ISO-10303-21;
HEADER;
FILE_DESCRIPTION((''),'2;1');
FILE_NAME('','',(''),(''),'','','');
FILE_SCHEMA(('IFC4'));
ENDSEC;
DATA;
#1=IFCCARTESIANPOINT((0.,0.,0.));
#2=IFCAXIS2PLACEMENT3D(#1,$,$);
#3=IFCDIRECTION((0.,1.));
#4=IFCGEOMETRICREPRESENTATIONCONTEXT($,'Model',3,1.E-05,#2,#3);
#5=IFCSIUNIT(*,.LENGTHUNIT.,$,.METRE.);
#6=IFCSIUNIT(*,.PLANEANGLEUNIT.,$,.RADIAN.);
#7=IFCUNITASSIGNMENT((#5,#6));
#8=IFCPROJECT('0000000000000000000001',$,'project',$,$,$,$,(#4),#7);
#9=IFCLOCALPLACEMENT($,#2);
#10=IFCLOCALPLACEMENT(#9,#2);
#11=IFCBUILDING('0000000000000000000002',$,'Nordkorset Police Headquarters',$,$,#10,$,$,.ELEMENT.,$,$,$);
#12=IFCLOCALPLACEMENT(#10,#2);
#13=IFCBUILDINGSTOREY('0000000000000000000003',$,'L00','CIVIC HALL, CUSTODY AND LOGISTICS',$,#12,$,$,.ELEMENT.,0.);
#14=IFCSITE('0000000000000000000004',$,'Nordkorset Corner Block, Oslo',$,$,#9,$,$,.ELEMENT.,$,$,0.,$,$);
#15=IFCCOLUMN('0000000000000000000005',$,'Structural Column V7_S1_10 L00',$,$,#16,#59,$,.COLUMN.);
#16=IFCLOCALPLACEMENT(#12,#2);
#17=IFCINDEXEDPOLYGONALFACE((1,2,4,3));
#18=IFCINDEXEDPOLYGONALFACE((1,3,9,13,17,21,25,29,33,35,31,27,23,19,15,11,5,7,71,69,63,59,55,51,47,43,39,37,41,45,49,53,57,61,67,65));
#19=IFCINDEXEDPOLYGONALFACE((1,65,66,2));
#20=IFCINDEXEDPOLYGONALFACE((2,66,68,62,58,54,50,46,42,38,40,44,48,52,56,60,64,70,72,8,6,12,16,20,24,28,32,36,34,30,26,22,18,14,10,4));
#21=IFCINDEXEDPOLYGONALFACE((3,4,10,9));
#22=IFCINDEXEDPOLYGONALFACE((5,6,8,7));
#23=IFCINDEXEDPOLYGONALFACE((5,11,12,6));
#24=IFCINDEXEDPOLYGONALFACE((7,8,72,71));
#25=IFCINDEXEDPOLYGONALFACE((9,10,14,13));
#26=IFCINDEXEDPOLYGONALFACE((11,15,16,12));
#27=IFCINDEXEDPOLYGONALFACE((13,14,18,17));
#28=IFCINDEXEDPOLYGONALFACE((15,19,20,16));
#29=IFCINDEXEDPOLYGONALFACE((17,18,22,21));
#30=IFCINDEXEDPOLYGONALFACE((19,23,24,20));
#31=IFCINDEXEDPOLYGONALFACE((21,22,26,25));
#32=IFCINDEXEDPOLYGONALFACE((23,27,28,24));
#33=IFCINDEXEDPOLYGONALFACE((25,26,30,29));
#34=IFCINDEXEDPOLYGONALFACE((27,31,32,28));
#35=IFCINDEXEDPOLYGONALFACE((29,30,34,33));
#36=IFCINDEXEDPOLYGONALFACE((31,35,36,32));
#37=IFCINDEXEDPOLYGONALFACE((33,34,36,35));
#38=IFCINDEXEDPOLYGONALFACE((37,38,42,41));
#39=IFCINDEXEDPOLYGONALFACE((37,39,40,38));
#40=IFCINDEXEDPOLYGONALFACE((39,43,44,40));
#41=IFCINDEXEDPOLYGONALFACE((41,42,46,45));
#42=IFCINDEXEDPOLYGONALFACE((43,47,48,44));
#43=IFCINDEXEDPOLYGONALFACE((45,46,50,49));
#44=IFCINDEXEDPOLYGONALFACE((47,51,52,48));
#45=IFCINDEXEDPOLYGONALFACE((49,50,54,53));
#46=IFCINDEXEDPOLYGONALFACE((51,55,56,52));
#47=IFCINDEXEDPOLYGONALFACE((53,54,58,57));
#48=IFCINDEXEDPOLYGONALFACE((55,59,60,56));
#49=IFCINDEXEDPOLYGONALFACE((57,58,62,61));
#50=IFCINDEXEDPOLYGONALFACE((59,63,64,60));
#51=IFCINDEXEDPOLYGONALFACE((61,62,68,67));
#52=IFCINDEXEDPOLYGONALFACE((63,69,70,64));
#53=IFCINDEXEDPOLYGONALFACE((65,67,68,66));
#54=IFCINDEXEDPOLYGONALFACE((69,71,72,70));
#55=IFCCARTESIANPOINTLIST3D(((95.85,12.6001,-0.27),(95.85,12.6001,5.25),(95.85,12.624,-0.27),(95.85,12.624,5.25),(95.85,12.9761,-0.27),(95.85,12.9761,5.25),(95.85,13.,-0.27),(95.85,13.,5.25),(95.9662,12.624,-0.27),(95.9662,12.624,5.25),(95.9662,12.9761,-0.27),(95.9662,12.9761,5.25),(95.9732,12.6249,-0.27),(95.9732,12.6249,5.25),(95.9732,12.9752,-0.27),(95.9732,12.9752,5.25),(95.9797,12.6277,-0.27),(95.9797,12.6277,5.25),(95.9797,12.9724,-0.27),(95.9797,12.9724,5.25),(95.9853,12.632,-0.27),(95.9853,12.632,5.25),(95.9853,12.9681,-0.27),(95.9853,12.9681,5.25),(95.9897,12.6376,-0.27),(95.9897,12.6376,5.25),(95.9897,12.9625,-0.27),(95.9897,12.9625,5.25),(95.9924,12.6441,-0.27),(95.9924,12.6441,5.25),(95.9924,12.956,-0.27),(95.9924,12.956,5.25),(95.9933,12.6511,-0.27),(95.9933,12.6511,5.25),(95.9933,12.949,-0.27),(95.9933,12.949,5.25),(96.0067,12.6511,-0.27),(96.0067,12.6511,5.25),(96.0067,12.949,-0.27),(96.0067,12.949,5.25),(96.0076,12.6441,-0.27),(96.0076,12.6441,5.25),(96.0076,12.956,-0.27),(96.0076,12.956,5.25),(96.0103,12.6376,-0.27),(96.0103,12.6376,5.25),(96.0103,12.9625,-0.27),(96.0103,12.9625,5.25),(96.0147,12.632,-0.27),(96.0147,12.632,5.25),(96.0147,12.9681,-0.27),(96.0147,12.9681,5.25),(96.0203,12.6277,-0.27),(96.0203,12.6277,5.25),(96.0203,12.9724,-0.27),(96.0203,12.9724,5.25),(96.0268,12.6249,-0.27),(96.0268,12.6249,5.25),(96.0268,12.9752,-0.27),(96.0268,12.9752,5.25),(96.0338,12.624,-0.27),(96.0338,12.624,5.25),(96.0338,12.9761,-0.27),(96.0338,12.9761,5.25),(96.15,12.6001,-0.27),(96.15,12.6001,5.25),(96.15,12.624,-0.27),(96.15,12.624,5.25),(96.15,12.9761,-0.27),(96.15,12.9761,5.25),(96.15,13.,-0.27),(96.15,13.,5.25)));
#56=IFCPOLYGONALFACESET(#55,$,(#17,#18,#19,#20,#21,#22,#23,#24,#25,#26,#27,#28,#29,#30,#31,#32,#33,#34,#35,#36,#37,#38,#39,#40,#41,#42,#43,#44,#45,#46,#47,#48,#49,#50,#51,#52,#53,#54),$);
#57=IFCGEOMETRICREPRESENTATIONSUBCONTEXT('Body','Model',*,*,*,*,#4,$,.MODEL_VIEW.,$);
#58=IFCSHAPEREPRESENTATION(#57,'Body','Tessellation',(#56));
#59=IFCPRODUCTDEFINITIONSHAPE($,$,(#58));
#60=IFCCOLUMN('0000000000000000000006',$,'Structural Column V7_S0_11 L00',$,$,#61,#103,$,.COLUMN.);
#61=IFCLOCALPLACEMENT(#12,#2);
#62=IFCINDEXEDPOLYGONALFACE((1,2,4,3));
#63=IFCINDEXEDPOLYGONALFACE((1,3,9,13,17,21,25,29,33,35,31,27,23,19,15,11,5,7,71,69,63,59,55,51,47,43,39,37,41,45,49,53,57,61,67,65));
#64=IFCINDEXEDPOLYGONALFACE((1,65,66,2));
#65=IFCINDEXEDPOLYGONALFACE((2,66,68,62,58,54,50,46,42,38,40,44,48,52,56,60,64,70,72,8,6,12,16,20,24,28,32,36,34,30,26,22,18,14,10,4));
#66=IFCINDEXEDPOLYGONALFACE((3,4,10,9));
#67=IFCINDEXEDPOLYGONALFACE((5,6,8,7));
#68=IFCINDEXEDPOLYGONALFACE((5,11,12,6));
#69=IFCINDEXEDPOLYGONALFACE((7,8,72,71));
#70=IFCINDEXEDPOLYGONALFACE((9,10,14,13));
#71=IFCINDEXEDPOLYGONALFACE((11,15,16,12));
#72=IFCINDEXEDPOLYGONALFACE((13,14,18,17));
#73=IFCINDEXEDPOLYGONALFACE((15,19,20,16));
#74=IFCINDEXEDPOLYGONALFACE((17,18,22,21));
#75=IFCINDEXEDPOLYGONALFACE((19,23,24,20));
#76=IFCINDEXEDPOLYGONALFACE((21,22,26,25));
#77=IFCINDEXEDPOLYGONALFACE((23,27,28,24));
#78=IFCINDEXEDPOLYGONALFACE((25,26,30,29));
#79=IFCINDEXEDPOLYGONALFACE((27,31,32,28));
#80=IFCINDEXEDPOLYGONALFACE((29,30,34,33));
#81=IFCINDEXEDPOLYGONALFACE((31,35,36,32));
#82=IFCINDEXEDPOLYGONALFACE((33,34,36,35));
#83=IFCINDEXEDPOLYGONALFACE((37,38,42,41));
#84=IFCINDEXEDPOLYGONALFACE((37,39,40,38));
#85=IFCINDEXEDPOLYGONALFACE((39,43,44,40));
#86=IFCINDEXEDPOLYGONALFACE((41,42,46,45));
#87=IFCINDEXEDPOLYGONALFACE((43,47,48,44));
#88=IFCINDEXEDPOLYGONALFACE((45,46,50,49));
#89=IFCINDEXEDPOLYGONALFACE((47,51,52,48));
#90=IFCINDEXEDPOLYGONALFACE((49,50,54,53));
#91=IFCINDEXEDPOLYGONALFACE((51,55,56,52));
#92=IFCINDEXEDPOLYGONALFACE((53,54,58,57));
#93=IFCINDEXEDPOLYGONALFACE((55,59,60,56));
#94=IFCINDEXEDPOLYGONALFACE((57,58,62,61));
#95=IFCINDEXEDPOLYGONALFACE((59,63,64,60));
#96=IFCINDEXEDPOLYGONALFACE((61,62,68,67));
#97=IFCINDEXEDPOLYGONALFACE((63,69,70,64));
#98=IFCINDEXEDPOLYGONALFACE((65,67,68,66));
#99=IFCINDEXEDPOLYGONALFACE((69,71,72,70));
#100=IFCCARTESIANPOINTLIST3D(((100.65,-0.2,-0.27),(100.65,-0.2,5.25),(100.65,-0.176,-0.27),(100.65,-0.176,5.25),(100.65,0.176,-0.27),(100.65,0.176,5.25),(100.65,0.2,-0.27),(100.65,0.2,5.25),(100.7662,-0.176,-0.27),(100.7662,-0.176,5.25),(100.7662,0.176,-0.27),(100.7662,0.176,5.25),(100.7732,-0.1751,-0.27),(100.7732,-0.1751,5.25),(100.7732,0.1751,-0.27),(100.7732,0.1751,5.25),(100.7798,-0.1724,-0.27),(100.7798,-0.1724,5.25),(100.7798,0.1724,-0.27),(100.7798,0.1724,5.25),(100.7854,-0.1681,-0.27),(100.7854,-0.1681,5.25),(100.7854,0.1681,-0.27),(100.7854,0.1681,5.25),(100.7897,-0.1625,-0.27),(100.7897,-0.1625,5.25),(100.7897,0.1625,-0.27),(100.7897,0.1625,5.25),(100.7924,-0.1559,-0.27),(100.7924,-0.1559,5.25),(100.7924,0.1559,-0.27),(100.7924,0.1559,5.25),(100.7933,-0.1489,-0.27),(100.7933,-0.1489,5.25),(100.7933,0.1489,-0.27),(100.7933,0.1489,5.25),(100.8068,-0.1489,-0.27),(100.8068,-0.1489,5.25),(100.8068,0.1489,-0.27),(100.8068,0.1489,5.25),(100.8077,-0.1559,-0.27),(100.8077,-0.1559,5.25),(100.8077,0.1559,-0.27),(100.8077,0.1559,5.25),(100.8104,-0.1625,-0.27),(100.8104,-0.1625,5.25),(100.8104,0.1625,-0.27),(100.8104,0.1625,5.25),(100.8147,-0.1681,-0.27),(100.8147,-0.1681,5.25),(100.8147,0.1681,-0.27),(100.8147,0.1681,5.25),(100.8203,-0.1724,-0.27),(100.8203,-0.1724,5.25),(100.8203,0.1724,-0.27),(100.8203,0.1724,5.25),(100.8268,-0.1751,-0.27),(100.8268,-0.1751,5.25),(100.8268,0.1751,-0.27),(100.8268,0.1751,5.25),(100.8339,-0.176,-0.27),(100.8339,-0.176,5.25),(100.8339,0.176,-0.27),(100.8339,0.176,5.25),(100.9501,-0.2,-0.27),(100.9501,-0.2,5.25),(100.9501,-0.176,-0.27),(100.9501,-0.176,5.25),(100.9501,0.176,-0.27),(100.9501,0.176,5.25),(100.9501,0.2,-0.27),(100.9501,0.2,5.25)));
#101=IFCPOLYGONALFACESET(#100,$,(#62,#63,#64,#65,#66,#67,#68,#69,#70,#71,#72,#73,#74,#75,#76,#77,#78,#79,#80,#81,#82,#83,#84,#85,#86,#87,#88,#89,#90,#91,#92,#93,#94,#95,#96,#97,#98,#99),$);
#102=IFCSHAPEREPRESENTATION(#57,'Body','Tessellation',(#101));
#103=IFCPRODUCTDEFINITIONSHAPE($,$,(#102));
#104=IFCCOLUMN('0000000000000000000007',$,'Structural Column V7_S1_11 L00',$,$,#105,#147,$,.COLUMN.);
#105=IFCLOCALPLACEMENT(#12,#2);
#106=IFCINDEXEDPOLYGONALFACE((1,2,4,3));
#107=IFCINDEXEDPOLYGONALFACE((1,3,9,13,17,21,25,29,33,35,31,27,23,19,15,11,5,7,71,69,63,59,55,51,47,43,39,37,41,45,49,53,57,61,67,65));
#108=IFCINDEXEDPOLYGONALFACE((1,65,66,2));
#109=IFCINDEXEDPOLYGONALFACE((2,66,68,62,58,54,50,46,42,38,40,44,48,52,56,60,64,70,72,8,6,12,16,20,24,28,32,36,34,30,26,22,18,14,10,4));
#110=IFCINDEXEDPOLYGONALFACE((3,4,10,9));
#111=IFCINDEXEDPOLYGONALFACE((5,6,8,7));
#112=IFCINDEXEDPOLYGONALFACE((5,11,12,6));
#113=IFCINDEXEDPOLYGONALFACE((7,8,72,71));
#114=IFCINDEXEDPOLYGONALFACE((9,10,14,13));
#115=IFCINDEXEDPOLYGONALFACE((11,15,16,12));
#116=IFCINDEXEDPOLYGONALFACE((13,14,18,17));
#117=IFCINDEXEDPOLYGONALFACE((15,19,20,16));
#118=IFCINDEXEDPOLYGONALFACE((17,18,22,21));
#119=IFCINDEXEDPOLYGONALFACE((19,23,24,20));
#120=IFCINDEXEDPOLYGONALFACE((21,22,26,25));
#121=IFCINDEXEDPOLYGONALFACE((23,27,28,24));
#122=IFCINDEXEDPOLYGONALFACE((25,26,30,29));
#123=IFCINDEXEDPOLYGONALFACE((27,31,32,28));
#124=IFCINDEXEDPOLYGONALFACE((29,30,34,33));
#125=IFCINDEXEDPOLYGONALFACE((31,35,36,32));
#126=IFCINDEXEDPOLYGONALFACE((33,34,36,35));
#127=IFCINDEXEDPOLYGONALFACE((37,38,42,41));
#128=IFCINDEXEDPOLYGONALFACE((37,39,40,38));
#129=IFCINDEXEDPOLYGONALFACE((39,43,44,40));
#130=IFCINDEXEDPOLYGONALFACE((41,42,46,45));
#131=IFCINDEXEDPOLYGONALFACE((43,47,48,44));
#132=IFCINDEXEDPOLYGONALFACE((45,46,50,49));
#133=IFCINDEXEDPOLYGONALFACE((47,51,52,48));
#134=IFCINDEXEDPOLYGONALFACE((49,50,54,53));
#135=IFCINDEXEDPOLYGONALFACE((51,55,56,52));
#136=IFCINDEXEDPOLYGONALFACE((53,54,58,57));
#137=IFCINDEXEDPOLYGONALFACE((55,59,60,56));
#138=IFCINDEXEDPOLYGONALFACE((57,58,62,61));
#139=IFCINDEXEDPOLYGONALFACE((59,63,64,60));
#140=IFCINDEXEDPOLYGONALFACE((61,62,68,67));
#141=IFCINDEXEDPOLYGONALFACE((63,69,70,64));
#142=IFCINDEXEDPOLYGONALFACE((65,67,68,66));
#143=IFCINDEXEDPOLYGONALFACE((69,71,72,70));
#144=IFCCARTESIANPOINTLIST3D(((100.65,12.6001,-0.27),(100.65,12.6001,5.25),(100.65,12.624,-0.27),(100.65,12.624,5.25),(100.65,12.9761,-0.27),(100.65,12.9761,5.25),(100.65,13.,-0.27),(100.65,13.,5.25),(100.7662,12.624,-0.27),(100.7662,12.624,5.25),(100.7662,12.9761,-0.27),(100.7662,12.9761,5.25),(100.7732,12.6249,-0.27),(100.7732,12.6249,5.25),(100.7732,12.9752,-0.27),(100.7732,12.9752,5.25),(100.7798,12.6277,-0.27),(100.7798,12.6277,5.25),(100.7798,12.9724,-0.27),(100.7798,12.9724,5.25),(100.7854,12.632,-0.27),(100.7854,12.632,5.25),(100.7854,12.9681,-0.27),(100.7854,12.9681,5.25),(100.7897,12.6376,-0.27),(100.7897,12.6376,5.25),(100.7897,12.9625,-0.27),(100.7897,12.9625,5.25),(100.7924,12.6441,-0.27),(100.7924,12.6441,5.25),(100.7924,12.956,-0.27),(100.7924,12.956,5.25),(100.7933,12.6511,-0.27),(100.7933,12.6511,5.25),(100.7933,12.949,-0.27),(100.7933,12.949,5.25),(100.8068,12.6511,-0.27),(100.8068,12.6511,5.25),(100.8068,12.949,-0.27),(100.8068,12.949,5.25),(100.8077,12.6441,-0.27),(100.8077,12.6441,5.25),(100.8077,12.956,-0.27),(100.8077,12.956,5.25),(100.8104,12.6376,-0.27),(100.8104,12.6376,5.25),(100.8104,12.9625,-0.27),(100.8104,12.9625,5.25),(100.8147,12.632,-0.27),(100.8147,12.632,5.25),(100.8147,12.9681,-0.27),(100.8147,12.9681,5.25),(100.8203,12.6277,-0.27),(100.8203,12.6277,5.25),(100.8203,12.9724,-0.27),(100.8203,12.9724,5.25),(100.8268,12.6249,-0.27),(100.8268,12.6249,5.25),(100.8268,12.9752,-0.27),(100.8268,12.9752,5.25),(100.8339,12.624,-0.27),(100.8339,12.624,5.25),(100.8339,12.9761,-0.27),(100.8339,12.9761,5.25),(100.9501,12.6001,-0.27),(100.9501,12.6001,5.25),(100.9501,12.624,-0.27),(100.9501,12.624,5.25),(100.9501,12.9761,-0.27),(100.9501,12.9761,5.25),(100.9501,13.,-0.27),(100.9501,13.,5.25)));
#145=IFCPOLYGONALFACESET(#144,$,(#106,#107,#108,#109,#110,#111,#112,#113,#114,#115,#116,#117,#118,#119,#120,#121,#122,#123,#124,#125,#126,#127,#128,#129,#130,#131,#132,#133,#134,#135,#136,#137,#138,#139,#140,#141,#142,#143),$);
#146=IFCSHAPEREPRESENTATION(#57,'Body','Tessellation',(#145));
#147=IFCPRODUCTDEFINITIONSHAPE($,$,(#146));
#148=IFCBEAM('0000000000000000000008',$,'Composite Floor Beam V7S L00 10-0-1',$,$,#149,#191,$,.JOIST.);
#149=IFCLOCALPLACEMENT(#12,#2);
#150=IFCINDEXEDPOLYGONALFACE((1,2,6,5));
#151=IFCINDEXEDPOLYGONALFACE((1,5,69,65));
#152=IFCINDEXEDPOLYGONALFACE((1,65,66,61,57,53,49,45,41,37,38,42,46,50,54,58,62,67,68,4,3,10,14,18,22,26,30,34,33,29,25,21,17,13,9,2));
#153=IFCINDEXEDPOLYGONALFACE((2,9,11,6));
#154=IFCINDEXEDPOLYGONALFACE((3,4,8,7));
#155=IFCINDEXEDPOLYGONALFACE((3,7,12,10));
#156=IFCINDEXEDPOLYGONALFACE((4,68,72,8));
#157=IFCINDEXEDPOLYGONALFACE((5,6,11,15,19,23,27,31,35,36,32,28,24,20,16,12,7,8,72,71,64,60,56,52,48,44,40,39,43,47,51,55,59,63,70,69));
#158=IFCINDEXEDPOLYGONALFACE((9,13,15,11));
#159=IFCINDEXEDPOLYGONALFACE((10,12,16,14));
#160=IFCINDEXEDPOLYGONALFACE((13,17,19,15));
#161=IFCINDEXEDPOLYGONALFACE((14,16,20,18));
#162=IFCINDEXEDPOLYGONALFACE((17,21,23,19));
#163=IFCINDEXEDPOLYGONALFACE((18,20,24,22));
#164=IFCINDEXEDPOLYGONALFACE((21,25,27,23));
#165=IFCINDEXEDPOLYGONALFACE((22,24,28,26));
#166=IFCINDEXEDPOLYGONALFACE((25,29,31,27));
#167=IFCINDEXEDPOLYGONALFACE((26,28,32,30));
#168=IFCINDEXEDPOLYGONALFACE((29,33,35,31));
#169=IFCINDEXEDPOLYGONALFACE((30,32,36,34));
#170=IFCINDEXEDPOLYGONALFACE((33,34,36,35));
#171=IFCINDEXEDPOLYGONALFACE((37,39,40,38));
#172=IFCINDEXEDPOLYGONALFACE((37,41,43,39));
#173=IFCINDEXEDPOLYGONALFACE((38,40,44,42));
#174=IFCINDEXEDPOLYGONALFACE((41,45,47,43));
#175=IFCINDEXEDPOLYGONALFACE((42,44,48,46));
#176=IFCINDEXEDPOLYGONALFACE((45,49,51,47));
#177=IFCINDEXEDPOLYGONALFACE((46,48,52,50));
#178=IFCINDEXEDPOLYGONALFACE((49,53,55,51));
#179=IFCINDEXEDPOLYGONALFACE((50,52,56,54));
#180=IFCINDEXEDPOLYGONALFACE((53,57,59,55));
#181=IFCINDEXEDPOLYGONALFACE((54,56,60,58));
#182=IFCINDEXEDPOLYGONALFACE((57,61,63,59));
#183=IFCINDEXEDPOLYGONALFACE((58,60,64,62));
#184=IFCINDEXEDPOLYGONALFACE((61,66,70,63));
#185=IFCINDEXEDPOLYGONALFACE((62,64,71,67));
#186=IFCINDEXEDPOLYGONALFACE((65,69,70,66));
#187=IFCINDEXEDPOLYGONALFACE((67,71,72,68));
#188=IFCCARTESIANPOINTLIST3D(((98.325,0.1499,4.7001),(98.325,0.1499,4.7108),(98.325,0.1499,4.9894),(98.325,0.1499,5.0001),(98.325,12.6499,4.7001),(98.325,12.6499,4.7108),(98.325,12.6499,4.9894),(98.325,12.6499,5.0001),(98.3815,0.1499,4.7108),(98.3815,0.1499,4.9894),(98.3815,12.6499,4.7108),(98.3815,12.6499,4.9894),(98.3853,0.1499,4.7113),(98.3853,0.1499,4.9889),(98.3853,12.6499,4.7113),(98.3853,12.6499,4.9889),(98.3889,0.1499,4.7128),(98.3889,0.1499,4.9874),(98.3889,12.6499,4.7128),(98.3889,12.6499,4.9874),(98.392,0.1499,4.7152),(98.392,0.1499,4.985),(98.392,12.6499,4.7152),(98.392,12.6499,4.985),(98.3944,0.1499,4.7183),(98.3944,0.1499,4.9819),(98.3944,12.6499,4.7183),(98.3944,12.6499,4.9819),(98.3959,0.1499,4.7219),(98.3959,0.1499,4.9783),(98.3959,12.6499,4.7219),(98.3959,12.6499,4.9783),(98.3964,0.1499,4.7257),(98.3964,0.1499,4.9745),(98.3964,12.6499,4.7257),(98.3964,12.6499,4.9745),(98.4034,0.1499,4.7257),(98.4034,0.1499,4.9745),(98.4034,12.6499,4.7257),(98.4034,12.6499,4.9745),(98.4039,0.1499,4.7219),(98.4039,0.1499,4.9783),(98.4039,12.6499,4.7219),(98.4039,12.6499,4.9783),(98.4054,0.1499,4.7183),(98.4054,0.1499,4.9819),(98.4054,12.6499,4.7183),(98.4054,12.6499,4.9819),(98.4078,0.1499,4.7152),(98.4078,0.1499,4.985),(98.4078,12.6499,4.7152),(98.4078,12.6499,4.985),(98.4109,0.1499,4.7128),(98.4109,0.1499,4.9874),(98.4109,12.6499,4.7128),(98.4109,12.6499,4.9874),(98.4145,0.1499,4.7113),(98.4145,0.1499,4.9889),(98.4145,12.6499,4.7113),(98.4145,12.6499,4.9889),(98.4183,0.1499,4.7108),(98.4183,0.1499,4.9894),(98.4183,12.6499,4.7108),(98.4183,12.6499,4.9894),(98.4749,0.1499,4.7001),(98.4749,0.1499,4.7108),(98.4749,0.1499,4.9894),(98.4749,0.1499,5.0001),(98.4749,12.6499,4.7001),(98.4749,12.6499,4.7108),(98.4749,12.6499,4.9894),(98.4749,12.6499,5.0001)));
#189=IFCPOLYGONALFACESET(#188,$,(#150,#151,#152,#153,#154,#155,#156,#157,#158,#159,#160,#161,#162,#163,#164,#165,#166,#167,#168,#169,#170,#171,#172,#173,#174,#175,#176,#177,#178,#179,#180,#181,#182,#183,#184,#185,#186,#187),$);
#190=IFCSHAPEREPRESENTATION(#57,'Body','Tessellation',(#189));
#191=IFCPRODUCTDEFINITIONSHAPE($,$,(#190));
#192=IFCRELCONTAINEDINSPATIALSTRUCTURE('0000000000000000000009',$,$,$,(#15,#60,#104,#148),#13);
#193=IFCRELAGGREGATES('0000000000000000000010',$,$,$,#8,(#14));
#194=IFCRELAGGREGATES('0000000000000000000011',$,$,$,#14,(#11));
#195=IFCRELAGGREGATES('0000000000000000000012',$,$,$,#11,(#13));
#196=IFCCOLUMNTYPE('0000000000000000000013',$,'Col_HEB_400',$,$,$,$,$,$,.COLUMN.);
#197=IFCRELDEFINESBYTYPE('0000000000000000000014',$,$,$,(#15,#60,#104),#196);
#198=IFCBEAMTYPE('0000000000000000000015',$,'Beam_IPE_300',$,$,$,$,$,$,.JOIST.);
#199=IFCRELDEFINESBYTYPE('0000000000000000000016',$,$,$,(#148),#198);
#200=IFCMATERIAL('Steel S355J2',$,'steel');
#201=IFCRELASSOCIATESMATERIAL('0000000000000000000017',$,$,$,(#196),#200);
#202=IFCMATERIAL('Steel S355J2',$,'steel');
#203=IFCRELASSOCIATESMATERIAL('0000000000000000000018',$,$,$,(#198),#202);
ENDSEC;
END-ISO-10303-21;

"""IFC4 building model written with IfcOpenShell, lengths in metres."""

from ifc_helpers import new_model, si_unit, direction, frame, origin, origin_2d, place, context, subcontext, project, spatial, i_section, extrude, material, material_profile, profile_set, type_object, element, save


model = new_model("IFC4")

# Units and contexts
model_context = context("Model", 3, precision=1e-05, world=origin(), true_north=direction((0.0, 1.0)))
body_context = subcontext(model_context, "Body", "Model", "MODEL_VIEW")
ifc_project = project(units=[si_unit("LENGTHUNIT", "METRE"), si_unit("PLANEANGLEUNIT", "RADIAN")], contexts=[model_context])

# Site, building, storey
site_placement = place(None, origin())
site = spatial("IfcSite", under=ifc_project, at=site_placement, Name="Nordkorset Corner Block, Oslo", CompositionType="ELEMENT", RefElevation=0.0)
building_placement = place(site_placement, origin())
building = spatial("IfcBuilding", under=site, at=building_placement, Name="Nordkorset Police Headquarters", CompositionType="ELEMENT")
storey_placement = place(building_placement, origin())
storey = spatial("IfcBuildingStorey", under=building, at=storey_placement, Name="L00", Description="CIVIC HALL, CUSTODY AND LOGISTICS", CompositionType="ELEMENT", Elevation=0.0)

# Columns
ifc_material_1 = material(Name="Steel S355J2", Category="steel")
ifc_material_profile_1 = material_profile(ifc_material_1, i_section(OverallWidth=0.3, OverallDepth=0.3999, WebThickness=0.0134, FlangeThickness=0.0239, FilletRadius=0.0271, at=origin_2d()), Name="HEB 400")
ifc_profile_set_1 = profile_set([ifc_material_profile_1], Name="Steel S355J2")
column_type = type_object("IfcColumnType", Name="Col_HEB_400", PredefinedType="COLUMN", material=ifc_profile_set_1)
for number, where, z_axis, x_axis, name in (
    (1, (96.0, 12.8, -0.27), (0.0, 0.0, 1.0), (1.0, 0.0, 0.0), "Structural Column V7_S1_10 L00"),
    (2, (100.8, 0.0, -0.27), (0.0, 0.0, 1.0), (1.0, 0.0, 0.0), "Structural Column V7_S0_11 L00"),
    (3, (100.8, 12.8, -0.27), (0.0, 0.0, 1.0), (1.0, 0.0, 0.0), "Structural Column V7_S1_11 L00"),
):
    element("IfcColumn", number, at=place(storey_placement, frame(where, z_axis=z_axis, x_axis=x_axis)), inside=storey, type_object=column_type, Name=name, PredefinedType="COLUMN", context=body_context, shape_type="SweptSolid", body=[
        extrude(i_section(OverallWidth=0.3, OverallDepth=0.3999, WebThickness=0.0134, FlangeThickness=0.0239, FilletRadius=0.0271, at=origin_2d()), origin(), (0.0, 0.0, 1.0), 5.52),
    ])

# Beam
ifc_material_2 = material(Name="Steel S355J2", Category="steel")
ifc_material_profile_2 = material_profile(ifc_material_2, i_section(OverallWidth=0.1499, OverallDepth=0.3, WebThickness=0.0071, FlangeThickness=0.0107, FilletRadius=0.0149, at=origin_2d()), Name="IPE 300")
ifc_profile_set_2 = profile_set([ifc_material_profile_2], Name="Steel S355J2")
beam_type_1 = type_object("IfcBeamType", Name="Beam_IPE_300", PredefinedType="JOIST", material=ifc_profile_set_2)
beam_1_placement = place(storey_placement, frame((98.3999, 0.1499, 4.8501), z_axis=(0.0, 1.0, 0.0), x_axis=(-1.0, 0.0, 0.0)))
element("IfcBeam", 4, at=beam_1_placement, inside=storey, type_object=beam_type_1, Name="Composite Floor Beam V7S L00 10-0-1", PredefinedType="JOIST", context=body_context, shape_type="SweptSolid", body=[
    extrude(i_section(OverallWidth=0.1499, OverallDepth=0.3, WebThickness=0.0071, FlangeThickness=0.0107, FilletRadius=0.0149, at=origin_2d()), origin(), (0.0, 0.0, 1.0), 12.5),
])

save(model, "model.ifc")
